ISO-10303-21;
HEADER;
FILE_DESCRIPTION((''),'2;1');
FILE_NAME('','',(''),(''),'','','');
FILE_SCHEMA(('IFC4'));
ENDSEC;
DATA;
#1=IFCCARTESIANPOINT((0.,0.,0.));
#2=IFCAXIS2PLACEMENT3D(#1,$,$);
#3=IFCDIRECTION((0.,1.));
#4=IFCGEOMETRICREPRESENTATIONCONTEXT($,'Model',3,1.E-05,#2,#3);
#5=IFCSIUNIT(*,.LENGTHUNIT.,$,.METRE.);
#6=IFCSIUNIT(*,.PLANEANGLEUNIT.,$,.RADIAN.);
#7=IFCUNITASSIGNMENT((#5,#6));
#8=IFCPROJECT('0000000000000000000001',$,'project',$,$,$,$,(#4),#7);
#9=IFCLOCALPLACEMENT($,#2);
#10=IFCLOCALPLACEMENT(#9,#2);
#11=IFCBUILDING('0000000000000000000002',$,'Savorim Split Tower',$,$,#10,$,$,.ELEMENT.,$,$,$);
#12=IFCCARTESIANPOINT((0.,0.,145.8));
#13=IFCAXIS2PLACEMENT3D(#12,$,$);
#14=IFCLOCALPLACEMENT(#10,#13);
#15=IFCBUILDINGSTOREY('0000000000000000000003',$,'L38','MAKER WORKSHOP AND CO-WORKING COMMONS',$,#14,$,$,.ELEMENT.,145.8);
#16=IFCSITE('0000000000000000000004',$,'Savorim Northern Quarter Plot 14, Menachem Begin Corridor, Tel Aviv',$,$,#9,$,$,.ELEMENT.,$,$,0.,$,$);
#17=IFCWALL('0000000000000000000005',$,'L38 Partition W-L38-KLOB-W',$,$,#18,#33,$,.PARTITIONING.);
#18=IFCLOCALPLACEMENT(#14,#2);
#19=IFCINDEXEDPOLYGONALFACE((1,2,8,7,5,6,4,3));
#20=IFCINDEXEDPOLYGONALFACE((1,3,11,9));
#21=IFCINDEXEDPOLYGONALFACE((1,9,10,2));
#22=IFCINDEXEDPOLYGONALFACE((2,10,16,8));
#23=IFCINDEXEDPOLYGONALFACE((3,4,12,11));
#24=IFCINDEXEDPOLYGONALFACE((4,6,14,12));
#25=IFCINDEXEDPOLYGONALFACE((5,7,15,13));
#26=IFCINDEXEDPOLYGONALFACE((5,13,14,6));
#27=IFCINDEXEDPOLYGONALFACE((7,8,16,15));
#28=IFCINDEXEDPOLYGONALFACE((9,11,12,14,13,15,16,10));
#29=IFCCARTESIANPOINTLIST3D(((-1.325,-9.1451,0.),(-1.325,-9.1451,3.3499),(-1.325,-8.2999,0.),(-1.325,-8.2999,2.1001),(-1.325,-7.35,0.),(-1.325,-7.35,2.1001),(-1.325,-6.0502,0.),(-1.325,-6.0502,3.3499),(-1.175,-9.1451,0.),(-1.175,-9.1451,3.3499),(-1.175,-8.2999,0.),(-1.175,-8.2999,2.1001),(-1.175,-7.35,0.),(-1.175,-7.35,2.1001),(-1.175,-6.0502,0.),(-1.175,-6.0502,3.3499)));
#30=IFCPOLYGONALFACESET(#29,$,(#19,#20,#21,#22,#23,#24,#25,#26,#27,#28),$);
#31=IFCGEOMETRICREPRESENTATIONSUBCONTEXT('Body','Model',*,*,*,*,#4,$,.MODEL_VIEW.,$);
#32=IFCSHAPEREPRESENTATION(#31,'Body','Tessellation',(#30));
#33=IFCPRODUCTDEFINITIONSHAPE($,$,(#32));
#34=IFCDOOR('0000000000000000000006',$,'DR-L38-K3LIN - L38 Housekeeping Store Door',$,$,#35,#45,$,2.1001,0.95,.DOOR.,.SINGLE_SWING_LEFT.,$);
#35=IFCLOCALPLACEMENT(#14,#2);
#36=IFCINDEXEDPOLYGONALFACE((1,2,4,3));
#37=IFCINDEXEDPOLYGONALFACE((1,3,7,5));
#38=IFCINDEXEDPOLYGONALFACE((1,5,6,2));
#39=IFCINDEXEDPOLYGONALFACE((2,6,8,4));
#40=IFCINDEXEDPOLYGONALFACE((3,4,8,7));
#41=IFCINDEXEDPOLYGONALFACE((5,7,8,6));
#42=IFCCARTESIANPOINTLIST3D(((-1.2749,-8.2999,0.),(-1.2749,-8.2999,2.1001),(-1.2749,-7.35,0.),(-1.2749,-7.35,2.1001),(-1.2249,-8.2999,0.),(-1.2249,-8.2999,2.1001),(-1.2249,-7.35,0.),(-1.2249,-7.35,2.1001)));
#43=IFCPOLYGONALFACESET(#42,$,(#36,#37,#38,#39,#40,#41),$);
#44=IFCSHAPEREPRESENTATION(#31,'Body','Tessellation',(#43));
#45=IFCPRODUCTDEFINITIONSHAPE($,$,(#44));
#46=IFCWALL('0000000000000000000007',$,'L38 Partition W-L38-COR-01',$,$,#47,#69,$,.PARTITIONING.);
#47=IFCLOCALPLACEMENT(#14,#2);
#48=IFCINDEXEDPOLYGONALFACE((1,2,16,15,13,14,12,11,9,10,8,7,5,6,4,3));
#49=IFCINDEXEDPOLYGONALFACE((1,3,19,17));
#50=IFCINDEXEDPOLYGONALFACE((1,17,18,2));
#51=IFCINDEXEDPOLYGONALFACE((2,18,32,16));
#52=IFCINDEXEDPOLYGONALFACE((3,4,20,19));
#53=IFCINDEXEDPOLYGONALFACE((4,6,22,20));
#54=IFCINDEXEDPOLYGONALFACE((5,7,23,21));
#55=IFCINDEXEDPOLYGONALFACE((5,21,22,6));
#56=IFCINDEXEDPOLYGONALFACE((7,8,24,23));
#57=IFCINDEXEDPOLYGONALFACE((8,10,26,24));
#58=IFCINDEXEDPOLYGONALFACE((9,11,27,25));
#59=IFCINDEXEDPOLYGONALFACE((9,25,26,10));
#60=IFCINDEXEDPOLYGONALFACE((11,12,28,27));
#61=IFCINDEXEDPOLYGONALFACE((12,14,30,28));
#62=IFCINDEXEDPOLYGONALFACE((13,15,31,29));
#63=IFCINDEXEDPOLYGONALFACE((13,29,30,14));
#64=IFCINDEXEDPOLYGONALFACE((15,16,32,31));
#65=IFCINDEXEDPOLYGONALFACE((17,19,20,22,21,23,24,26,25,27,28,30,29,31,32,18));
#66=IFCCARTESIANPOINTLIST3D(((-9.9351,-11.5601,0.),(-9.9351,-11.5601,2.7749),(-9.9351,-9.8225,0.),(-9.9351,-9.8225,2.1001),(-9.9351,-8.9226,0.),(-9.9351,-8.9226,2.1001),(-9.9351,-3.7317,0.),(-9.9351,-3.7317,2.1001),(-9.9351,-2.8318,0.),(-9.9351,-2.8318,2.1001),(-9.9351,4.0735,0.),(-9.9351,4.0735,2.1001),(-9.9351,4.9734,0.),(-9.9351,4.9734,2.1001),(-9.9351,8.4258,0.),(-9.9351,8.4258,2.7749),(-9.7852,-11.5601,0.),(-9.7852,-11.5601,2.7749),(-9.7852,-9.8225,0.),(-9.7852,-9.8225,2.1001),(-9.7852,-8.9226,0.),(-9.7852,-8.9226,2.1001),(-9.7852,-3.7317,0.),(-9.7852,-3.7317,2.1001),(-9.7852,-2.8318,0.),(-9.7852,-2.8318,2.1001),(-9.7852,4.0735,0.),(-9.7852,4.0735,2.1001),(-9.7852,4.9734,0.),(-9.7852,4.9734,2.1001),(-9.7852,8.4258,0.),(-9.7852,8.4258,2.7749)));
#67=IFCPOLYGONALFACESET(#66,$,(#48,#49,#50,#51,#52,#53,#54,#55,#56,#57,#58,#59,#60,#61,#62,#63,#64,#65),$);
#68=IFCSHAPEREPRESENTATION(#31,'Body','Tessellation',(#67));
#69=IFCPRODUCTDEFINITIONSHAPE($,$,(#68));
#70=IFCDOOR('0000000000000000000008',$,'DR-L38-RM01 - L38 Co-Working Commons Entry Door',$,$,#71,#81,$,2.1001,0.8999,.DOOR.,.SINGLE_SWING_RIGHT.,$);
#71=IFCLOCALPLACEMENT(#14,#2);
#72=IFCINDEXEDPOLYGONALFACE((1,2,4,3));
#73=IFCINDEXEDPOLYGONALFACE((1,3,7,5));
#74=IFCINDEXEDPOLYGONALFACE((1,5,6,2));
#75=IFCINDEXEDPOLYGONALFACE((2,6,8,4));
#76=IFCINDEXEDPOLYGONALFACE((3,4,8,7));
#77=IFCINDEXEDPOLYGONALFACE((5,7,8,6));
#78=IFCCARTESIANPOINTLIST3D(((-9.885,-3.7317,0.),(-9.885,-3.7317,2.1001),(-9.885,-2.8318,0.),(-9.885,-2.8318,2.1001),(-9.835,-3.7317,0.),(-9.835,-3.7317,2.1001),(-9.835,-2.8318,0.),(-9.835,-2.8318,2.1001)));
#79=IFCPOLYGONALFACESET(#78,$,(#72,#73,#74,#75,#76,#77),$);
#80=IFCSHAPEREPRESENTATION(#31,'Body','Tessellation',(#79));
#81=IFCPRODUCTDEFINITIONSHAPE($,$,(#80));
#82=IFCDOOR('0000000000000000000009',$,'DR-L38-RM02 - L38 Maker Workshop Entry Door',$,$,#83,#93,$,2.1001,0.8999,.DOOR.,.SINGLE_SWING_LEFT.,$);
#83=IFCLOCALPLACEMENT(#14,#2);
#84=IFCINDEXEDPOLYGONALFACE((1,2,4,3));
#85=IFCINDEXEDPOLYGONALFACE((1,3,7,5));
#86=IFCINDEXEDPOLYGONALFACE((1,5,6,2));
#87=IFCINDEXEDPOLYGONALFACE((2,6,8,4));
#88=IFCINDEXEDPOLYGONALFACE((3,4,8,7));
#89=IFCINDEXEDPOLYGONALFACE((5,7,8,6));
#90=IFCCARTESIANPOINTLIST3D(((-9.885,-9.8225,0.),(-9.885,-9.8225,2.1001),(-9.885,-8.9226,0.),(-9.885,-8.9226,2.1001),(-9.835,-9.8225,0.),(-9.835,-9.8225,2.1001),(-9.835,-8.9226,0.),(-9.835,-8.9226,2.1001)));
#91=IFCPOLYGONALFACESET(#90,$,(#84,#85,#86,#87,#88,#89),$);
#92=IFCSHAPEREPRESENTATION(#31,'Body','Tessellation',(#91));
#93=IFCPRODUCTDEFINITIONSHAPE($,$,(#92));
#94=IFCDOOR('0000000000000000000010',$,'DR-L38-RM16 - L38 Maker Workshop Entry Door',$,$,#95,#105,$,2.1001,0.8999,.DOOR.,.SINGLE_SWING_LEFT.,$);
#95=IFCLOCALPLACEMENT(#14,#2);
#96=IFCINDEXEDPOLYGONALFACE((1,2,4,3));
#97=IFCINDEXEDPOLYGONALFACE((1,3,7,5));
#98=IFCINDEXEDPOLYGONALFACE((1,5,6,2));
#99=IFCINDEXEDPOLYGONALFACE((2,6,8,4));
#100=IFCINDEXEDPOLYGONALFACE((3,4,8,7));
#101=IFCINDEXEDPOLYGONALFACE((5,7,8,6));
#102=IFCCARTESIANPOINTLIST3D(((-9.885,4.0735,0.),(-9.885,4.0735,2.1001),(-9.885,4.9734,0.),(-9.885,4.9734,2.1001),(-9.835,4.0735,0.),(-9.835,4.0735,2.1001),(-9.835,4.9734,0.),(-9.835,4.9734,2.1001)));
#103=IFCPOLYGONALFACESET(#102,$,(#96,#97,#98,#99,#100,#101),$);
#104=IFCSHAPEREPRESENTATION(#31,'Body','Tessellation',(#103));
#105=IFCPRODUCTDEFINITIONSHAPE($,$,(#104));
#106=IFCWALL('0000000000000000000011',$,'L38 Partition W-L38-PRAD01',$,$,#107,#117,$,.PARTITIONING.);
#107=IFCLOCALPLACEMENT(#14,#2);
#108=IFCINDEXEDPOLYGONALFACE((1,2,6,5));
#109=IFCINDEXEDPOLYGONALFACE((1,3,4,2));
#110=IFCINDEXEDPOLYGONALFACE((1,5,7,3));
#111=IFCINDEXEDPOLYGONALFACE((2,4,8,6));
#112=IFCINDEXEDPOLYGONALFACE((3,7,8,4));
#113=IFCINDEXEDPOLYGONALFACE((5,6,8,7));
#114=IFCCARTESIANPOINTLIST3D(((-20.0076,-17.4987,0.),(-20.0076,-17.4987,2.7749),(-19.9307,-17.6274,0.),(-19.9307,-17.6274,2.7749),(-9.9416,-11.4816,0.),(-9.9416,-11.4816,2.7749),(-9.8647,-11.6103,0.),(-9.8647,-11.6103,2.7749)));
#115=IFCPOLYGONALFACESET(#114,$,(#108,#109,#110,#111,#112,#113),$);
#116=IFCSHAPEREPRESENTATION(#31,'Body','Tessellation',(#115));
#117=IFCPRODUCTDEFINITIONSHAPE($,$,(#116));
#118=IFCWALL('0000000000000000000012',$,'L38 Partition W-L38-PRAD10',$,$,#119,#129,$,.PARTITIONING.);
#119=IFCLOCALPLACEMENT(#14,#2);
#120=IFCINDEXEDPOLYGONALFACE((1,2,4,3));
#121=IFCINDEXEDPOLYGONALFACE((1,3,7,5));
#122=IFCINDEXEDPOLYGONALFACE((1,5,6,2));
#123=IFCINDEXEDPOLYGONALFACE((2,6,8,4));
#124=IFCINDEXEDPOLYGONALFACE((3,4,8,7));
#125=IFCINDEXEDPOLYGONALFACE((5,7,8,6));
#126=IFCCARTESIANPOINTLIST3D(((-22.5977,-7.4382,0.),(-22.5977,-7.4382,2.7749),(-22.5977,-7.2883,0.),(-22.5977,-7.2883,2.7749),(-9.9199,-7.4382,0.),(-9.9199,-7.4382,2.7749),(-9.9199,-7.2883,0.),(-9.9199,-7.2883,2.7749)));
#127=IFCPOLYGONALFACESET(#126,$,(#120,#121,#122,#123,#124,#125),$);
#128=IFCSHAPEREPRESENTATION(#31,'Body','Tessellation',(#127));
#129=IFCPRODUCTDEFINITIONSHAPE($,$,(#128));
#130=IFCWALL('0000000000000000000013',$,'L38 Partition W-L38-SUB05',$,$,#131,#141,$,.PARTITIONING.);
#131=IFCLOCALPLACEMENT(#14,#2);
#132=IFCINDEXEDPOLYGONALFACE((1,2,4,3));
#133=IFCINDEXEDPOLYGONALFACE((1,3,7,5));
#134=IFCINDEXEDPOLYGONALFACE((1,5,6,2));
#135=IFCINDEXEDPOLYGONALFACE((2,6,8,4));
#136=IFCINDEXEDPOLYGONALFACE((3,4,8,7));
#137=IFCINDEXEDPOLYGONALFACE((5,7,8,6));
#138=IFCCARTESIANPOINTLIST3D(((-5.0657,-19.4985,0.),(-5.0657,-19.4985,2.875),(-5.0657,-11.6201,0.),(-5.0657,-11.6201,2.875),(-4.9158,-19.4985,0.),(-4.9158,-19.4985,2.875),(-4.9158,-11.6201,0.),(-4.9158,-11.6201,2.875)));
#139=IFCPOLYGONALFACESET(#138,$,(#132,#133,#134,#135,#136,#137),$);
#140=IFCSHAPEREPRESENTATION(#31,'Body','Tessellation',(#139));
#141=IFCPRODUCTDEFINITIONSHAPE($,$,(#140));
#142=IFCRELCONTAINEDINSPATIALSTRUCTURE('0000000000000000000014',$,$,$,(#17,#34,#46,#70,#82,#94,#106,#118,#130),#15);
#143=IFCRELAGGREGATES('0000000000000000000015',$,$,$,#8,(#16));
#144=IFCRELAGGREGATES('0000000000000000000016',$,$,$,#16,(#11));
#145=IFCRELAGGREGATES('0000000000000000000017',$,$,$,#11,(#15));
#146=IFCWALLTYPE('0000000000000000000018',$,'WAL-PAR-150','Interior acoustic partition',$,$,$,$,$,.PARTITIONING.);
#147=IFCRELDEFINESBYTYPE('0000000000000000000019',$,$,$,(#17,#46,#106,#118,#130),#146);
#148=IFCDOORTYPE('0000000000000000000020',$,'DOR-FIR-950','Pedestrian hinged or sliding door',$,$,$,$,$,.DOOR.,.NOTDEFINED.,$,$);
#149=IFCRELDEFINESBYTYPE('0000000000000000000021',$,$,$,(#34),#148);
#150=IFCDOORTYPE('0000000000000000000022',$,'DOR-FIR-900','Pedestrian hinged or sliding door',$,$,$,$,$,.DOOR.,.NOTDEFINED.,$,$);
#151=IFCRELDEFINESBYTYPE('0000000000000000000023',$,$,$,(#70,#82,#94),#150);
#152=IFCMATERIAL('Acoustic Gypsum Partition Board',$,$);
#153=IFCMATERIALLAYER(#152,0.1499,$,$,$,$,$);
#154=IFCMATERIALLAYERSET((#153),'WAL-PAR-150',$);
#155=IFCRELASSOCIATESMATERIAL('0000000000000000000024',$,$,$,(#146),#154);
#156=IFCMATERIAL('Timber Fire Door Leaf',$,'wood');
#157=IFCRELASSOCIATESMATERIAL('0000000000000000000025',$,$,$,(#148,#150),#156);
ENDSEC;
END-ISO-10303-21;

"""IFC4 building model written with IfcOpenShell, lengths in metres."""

from ifc_helpers import new_model, si_unit, direction, frame, frame_2d, origin, place, context, subcontext, project, spatial, rectangle, extrude, material, layer, layer_set, type_object, element, fill, save


model = new_model("IFC4")

# Units and contexts
model_context = context("Model", 3, precision=1e-05, world=origin(), true_north=direction((0.0, 1.0)))
body_context = subcontext(model_context, "Body", "Model", "MODEL_VIEW")
ifc_project = project(units=[si_unit("LENGTHUNIT", "METRE"), si_unit("PLANEANGLEUNIT", "RADIAN")], contexts=[model_context])

# Site, building, storey
site_placement = place(None, origin())
site = spatial("IfcSite", under=ifc_project, at=site_placement, Name="Savorim Northern Quarter Plot 14, Menachem Begin Corridor, Tel Aviv", CompositionType="ELEMENT", RefElevation=0.0)
building_placement = place(site_placement, origin())
building = spatial("IfcBuilding", under=site, at=building_placement, Name="Savorim Split Tower", CompositionType="ELEMENT")
storey_placement = place(building_placement, frame((0.0, 0.0, 145.8)))
storey = spatial("IfcBuildingStorey", under=building, at=storey_placement, Name="L38", Description="MAKER WORKSHOP AND CO-WORKING COMMONS", CompositionType="ELEMENT", Elevation=145.8)

# Shared definitions
ifc_material_1 = material(Name="Timber Fire Door Leaf", Category="wood")

# Wall, opening, door
ifc_material_2 = material(Name="Acoustic Gypsum Partition Board")
ifc_layer_1 = layer(ifc_material_2, 0.1499)
ifc_layer_set_1 = layer_set([ifc_layer_1], Name="WAL-PAR-150")
wall_type_1 = type_object("IfcWallType", Name="WAL-PAR-150", Description="Interior acoustic partition", PredefinedType="PARTITIONING", material=ifc_layer_set_1)
wall_1_placement = place(storey_placement, frame((-1.25, -9.145, 0.0), z_axis=(0.0, 0.0, 1.0), x_axis=(0.0, 1.0, 0.0)))
wall_1 = element("IfcWall", 1, at=wall_1_placement, inside=storey, type_object=wall_type_1, Name="L38 Partition W-L38-KLOB-W", PredefinedType="PARTITIONING", context=body_context, shape_type="SweptSolid", body=[
    extrude(rectangle(XDim=3.095, YDim=0.1499, at=frame_2d((1.5474, 0.0))), origin(), (0.0, 0.0, 1.0), 3.3499),
])
opening_1_placement = place(wall_1_placement, frame((0.845, 0.0, 0.0)))
opening_1 = element("IfcOpeningElement", 2, at=opening_1_placement, cuts=wall_1, PredefinedType="OPENING", context=body_context, shape_type="SweptSolid", body=[
    extrude(rectangle(XDim=0.95, YDim=2.1001, at=frame_2d((0.4751, 1.05))), frame((0.0, 0.085, 0.0), z_axis=(0.0, -1.0, 0.0), x_axis=(1.0, 0.0, 0.0)), (0.0, 0.0, 1.0), 0.1699),
])
door_type_1 = type_object("IfcDoorType", Name="DOR-FIR-950", Description="Pedestrian hinged or sliding door", OperationType="NOTDEFINED", PredefinedType="DOOR", material=ifc_material_1)
door_1_placement = place(opening_1_placement, origin())
door_1 = element("IfcDoor", 3, at=door_1_placement, inside=storey, type_object=door_type_1, Name="DR-L38-K3LIN - L38 Housekeeping Store Door", OperationType="SINGLE_SWING_LEFT", OverallHeight=2.1001, OverallWidth=0.95, PredefinedType="DOOR", context=body_context, shape_type="SweptSolid", body=[
    extrude(rectangle(XDim=0.95, YDim=2.1001, at=frame_2d((0.4751, 1.05))), frame((0.0, 0.0249, 0.0), z_axis=(0.0, -1.0, 0.0), x_axis=(1.0, 0.0, 0.0)), (0.0, 0.0, 1.0), 0.05),
])
fill(opening_1, door_1)

# Wall, openings, doors
wall_2_placement = place(storey_placement, frame((-9.8601, -11.5601, 0.0), z_axis=(0.0, 0.0, 1.0), x_axis=(0.0, 1.0, 0.0)))
wall_2 = element("IfcWall", 4, at=wall_2_placement, inside=storey, type_object=wall_type_1, Name="L38 Partition W-L38-COR-01", PredefinedType="PARTITIONING", context=body_context, shape_type="SweptSolid", body=[
    extrude(rectangle(XDim=19.9858, YDim=0.1499, at=frame_2d((9.9929, 0.0))), origin(), (0.0, 0.0, 1.0), 2.7749),
])
opening_2_placement = place(wall_2_placement, frame((7.8284, 0.0, 0.0)))
opening_2 = element("IfcOpeningElement", 5, at=opening_2_placement, cuts=wall_2, PredefinedType="OPENING", context=body_context, shape_type="SweptSolid", body=[
    extrude(rectangle(XDim=0.8999, YDim=2.1001, at=frame_2d((0.45, 1.05))), frame((0.0, 0.085, 0.0), z_axis=(0.0, -1.0, 0.0), x_axis=(1.0, 0.0, 0.0)), (0.0, 0.0, 1.0), 0.1699),
])
opening_3_placement = place(wall_2_placement, frame((1.7375, 0.0, 0.0)))
opening_3 = element("IfcOpeningElement", 6, at=opening_3_placement, cuts=wall_2, PredefinedType="OPENING", context=body_context, shape_type="SweptSolid", body=[
    extrude(rectangle(XDim=0.8999, YDim=2.1001, at=frame_2d((0.45, 1.05))), frame((0.0, 0.085, 0.0), z_axis=(0.0, -1.0, 0.0), x_axis=(1.0, 0.0, 0.0)), (0.0, 0.0, 1.0), 0.1699),
])
opening_4_placement = place(wall_2_placement, frame((15.6335, 0.0, 0.0)))
opening_4 = element("IfcOpeningElement", 7, at=opening_4_placement, cuts=wall_2, PredefinedType="OPENING", context=body_context, shape_type="SweptSolid", body=[
    extrude(rectangle(XDim=0.8999, YDim=2.1001, at=frame_2d((0.45, 1.05))), frame((0.0, 0.085, 0.0), z_axis=(0.0, -1.0, 0.0), x_axis=(1.0, 0.0, 0.0)), (0.0, 0.0, 1.0), 0.1699),
])
door_type_2 = type_object("IfcDoorType", Name="DOR-FIR-900", Description="Pedestrian hinged or sliding door", OperationType="NOTDEFINED", PredefinedType="DOOR", material=ifc_material_1)
door_2_placement = place(opening_2_placement, origin())
door_2 = element("IfcDoor", 8, at=door_2_placement, inside=storey, type_object=door_type_2, Name="DR-L38-RM01 - L38 Co-Working Commons Entry Door", OperationType="SINGLE_SWING_RIGHT", OverallHeight=2.1001, OverallWidth=0.8999, PredefinedType="DOOR", context=body_context, shape_type="SweptSolid", body=[
    extrude(rectangle(XDim=0.8999, YDim=2.1001, at=frame_2d((0.45, 1.05))), frame((0.0, 0.0249, 0.0), z_axis=(0.0, -1.0, 0.0), x_axis=(1.0, 0.0, 0.0)), (0.0, 0.0, 1.0), 0.05),
])
fill(opening_2, door_2)
door_3_placement = place(opening_3_placement, origin())
door_3 = element("IfcDoor", 9, at=door_3_placement, inside=storey, type_object=door_type_2, Name="DR-L38-RM02 - L38 Maker Workshop Entry Door", OperationType="SINGLE_SWING_LEFT", OverallHeight=2.1001, OverallWidth=0.8999, PredefinedType="DOOR", context=body_context, shape_type="SweptSolid", body=[
    extrude(rectangle(XDim=0.8999, YDim=2.1001, at=frame_2d((0.45, 1.05))), frame((0.0, 0.0249, 0.0), z_axis=(0.0, -1.0, 0.0), x_axis=(1.0, 0.0, 0.0)), (0.0, 0.0, 1.0), 0.05),
])
fill(opening_3, door_3)
door_4_placement = place(opening_4_placement, origin())
door_4 = element("IfcDoor", 10, at=door_4_placement, inside=storey, type_object=door_type_2, Name="DR-L38-RM16 - L38 Maker Workshop Entry Door", OperationType="SINGLE_SWING_LEFT", OverallHeight=2.1001, OverallWidth=0.8999, PredefinedType="DOOR", context=body_context, shape_type="SweptSolid", body=[
    extrude(rectangle(XDim=0.8999, YDim=2.1001, at=frame_2d((0.45, 1.05))), frame((0.0, 0.0249, 0.0), z_axis=(0.0, -1.0, 0.0), x_axis=(1.0, 0.0, 0.0)), (0.0, 0.0, 1.0), 0.05),
])
fill(opening_4, door_4)

# Walls
wall_3_placement = place(storey_placement, frame((-9.9031, -11.5459, 0.0), z_axis=(0.0, 0.0, 1.0), x_axis=(-0.858337, -0.513087, 0.0)))
element("IfcWall", 11, at=wall_3_placement, inside=storey, type_object=wall_type_1, Name="L38 Partition W-L38-PRAD01", PredefinedType="PARTITIONING", context=body_context, shape_type="SweptSolid", body=[
    extrude(rectangle(XDim=11.7273, YDim=0.1499, at=frame_2d((5.8638, 0.0))), origin(), (0.0, 0.0, 1.0), 2.7749),
])
wall_4_placement = place(storey_placement, frame((-9.9199, -7.3633, 0.0), z_axis=(0.0, 0.0, 1.0), x_axis=(-1.0, 0.0, 0.0)))
element("IfcWall", 12, at=wall_4_placement, inside=storey, type_object=wall_type_1, Name="L38 Partition W-L38-PRAD10", PredefinedType="PARTITIONING", context=body_context, shape_type="SweptSolid", body=[
    extrude(rectangle(XDim=12.6777, YDim=0.1499, at=frame_2d((6.3389, 0.0))), origin(), (0.0, 0.0, 1.0), 2.7749),
])
wall_5_placement = place(storey_placement, frame((-4.9907, -11.6201, 0.0), z_axis=(0.0, 0.0, 1.0), x_axis=(0.0, -1.0, 0.0)))
element("IfcWall", 13, at=wall_5_placement, inside=storey, type_object=wall_type_1, Name="L38 Partition W-L38-SUB05", PredefinedType="PARTITIONING", context=body_context, shape_type="SweptSolid", body=[
    extrude(rectangle(XDim=7.8784, YDim=0.1499, at=frame_2d((3.9392, 0.0))), origin(), (0.0, 0.0, 1.0), 2.875),
])

save(model, "model.ifc")
